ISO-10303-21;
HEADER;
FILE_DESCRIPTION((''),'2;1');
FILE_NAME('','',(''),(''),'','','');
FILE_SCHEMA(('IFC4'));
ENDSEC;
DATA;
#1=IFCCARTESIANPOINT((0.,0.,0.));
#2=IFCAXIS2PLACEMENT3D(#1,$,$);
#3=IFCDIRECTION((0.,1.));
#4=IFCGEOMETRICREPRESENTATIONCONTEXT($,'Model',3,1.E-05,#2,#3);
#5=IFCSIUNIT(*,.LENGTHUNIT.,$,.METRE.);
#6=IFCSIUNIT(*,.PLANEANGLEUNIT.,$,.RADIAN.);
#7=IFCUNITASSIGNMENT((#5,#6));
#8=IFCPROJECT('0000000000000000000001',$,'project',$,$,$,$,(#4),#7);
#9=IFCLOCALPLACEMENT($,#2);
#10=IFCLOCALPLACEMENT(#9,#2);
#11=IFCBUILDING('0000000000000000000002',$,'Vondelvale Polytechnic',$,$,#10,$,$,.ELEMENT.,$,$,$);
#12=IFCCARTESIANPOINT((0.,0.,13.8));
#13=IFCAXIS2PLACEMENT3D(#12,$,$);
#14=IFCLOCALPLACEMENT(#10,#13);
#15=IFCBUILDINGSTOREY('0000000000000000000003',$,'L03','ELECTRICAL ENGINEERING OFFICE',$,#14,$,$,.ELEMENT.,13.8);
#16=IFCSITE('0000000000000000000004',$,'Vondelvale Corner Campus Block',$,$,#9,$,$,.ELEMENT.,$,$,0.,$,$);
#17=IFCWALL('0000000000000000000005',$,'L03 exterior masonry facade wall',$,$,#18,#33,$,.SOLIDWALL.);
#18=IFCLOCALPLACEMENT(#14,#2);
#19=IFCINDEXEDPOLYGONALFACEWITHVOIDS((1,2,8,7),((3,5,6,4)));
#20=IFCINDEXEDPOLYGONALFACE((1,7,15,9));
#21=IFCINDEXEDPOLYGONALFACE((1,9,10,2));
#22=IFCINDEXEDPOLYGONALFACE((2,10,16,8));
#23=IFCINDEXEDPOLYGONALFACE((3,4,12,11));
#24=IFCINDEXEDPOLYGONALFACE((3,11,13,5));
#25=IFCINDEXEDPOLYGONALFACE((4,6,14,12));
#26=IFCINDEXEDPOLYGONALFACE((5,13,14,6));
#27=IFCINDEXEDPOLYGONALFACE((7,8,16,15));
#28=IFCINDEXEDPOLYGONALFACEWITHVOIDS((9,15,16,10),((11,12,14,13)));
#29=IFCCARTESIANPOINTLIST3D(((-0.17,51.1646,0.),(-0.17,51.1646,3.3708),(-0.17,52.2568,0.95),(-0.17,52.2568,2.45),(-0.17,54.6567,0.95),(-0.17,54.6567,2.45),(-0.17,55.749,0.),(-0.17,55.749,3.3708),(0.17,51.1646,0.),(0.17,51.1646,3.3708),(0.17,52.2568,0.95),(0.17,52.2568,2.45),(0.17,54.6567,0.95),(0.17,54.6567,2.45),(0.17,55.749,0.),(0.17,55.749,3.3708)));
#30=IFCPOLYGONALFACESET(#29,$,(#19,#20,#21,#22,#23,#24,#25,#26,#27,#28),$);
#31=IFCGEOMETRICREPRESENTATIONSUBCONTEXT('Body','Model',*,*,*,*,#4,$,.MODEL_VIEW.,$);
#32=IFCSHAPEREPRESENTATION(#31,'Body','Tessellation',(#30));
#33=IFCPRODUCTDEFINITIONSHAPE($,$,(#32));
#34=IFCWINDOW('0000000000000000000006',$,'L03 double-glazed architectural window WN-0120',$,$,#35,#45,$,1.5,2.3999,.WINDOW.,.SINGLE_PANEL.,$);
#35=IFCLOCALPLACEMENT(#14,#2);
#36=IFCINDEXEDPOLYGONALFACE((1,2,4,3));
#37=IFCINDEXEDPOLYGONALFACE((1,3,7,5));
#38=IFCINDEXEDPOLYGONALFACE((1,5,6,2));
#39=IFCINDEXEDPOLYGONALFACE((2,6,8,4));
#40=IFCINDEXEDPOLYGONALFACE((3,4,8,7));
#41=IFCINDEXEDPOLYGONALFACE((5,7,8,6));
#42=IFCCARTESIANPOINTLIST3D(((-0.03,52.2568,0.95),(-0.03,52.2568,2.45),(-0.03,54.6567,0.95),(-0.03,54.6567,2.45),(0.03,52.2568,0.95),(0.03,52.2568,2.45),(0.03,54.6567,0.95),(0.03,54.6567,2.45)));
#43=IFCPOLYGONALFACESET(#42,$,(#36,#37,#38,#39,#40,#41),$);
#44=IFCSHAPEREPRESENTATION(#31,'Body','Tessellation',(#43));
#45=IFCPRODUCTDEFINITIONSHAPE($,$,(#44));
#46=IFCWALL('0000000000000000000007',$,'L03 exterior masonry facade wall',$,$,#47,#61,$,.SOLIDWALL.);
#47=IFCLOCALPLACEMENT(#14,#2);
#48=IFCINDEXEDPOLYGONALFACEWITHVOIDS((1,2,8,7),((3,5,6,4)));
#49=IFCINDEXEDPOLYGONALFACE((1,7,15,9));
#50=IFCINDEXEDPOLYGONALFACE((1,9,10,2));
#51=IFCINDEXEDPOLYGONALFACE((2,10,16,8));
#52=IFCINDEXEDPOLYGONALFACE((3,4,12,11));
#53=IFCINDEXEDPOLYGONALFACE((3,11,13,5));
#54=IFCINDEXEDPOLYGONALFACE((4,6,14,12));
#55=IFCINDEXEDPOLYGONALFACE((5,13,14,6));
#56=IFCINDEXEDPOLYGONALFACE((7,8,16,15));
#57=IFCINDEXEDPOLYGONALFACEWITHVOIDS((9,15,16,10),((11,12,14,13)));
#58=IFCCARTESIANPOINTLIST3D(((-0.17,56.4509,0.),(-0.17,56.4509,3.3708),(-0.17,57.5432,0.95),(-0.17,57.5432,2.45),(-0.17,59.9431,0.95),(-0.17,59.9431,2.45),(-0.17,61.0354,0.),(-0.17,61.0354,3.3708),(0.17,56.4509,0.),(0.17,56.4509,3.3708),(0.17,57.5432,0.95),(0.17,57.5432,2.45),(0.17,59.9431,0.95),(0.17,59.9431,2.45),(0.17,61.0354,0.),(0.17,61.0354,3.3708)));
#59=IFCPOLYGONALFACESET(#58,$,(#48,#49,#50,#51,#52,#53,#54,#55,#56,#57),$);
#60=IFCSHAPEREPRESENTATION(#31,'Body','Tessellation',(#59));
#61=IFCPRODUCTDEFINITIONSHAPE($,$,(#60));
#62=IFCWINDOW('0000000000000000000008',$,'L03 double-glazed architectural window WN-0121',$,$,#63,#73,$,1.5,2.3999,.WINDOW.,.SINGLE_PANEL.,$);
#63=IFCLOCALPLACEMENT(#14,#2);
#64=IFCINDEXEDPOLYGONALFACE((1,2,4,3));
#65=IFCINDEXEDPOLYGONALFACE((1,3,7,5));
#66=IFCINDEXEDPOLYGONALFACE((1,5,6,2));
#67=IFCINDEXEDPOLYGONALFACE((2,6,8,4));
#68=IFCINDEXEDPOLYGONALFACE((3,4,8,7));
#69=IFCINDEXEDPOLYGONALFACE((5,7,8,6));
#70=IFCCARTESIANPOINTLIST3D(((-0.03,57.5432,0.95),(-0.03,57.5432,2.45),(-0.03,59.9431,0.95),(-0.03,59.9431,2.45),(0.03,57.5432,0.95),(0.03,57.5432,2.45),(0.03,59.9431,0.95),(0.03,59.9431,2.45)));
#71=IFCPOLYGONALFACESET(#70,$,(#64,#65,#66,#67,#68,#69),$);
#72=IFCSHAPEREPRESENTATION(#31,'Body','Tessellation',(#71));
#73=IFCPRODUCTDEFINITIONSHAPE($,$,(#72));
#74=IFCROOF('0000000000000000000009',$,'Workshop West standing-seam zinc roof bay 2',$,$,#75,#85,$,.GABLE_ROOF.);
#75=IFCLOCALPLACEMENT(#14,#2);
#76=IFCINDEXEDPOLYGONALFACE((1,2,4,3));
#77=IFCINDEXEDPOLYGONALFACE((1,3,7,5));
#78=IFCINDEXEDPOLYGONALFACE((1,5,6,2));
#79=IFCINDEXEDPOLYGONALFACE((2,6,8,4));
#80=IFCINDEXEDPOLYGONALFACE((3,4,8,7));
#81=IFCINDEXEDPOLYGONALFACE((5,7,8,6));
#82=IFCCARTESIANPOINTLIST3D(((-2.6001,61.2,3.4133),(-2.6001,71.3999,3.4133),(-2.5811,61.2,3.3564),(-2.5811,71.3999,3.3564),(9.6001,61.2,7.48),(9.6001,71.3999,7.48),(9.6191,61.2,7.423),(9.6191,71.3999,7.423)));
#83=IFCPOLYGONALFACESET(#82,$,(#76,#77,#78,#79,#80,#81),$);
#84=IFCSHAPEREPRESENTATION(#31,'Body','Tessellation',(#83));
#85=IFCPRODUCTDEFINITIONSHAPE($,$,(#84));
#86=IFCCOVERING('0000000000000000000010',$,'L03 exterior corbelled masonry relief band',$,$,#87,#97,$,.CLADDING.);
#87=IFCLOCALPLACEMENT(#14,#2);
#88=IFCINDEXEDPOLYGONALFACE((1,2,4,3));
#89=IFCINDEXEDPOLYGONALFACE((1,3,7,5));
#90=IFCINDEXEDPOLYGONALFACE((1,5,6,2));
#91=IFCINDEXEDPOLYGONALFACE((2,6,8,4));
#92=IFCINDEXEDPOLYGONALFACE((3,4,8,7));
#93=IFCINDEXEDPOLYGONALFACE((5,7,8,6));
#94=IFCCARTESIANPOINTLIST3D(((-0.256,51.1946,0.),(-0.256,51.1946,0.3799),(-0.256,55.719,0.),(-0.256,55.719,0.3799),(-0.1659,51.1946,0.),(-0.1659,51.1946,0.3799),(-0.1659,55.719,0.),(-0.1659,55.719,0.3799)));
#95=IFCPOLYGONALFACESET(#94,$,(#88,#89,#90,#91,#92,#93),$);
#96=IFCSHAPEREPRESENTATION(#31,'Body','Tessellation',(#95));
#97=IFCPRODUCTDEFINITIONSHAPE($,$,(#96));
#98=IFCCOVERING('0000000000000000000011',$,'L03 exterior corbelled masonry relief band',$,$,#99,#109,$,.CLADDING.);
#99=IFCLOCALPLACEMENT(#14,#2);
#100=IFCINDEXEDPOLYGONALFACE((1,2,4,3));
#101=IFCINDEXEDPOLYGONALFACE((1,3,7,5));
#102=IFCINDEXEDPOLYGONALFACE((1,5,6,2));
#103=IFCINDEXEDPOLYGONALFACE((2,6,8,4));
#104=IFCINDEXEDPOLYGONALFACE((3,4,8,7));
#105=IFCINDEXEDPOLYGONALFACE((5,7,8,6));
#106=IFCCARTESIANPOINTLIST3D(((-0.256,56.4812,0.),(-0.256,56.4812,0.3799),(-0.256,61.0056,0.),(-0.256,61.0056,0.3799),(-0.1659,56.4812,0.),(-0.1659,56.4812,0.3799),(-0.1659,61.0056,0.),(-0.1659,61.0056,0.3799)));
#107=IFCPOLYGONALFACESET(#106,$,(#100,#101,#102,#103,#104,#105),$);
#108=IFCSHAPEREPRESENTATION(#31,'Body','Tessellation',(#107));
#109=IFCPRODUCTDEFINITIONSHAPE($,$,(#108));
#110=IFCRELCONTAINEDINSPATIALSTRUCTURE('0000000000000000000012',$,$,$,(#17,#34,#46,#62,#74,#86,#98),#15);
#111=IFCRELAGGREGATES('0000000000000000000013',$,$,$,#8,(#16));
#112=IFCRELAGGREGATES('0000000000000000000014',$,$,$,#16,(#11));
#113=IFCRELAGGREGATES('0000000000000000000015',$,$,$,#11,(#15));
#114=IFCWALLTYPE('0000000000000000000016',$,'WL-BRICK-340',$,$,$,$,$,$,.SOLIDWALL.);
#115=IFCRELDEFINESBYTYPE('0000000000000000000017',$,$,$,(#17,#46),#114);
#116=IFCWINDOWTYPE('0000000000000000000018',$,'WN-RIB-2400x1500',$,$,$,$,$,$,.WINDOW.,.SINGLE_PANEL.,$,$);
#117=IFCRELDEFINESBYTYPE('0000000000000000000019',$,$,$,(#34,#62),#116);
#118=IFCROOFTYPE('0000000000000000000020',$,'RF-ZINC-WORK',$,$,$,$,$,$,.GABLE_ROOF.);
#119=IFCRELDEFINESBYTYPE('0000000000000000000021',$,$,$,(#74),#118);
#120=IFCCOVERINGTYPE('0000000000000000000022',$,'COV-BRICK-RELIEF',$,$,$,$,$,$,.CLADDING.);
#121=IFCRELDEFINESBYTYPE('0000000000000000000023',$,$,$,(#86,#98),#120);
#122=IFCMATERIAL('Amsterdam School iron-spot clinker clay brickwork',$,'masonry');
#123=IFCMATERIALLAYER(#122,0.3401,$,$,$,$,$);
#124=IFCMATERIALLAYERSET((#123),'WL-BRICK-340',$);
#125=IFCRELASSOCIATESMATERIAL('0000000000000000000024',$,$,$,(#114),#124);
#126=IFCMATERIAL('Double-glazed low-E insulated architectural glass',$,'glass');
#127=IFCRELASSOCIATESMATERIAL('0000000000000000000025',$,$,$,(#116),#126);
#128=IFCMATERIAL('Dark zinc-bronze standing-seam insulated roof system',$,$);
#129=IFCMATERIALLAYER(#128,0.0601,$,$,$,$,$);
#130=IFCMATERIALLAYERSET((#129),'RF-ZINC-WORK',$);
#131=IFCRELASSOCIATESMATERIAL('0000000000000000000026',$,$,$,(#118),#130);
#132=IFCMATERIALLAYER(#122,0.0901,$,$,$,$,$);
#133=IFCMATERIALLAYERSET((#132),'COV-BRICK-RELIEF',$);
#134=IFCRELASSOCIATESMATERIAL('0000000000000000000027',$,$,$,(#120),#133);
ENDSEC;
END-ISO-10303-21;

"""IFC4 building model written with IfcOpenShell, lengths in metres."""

from ifc_helpers import new_model, si_unit, direction, frame, frame_2d, origin, origin_2d, place, context, subcontext, project, spatial, polyline, rectangle, outline, extrude, material, layer, layer_set, type_object, element, fill, save


model = new_model("IFC4")

# Units and contexts
model_context = context("Model", 3, precision=1e-05, world=origin(), true_north=direction((0.0, 1.0)))
body_context = subcontext(model_context, "Body", "Model", "MODEL_VIEW")
ifc_project = project(units=[si_unit("LENGTHUNIT", "METRE"), si_unit("PLANEANGLEUNIT", "RADIAN")], contexts=[model_context])

# Site, building, storey
site_placement = place(None, origin())
site = spatial("IfcSite", under=ifc_project, at=site_placement, Name="Vondelvale Corner Campus Block", CompositionType="ELEMENT", RefElevation=0.0)
building_placement = place(site_placement, origin())
building = spatial("IfcBuilding", under=site, at=building_placement, Name="Vondelvale Polytechnic", CompositionType="ELEMENT")
storey_placement = place(building_placement, frame((0.0, 0.0, 13.8)))
storey = spatial("IfcBuildingStorey", under=building, at=storey_placement, Name="L03", Description="ELECTRICAL ENGINEERING OFFICE", CompositionType="ELEMENT", Elevation=13.8)

# Walls, openings, windows
ifc_material_1 = material(Name="Amsterdam School iron-spot clinker clay brickwork", Category="masonry")
ifc_layer_1 = layer(ifc_material_1, 0.3401)
ifc_layer_set_1 = layer_set([ifc_layer_1], Name="WL-BRICK-340")
wall_type = type_object("IfcWallType", Name="WL-BRICK-340", PredefinedType="SOLIDWALL", material=ifc_layer_set_1)
wall_1_placement = place(storey_placement, frame((0.0, 51.1646, 0.0), z_axis=(0.0, 0.0, 1.0), x_axis=(0.0, 1.0, 0.0)))
wall_1 = element("IfcWall", 1, at=wall_1_placement, inside=storey, type_object=wall_type, Name="L03 exterior masonry facade wall", PredefinedType="SOLIDWALL", context=body_context, shape_type="SweptSolid", body=[
    extrude(rectangle(XDim=4.5845, YDim=0.3401, at=frame_2d((2.2922, 0.0))), origin(), (0.0, 0.0, 1.0), 3.3708),
])
opening_1_placement = place(wall_1_placement, frame((1.0923, 0.0, 0.95)))
opening_1 = element("IfcOpeningElement", 2, at=opening_1_placement, cuts=wall_1, PredefinedType="OPENING", context=body_context, shape_type="SweptSolid", body=[
    extrude(rectangle(XDim=2.3999, YDim=1.5, at=frame_2d((1.2, 0.75))), frame((0.0, 0.1799, 0.0), z_axis=(0.0, -1.0, 0.0), x_axis=(1.0, 0.0, 0.0)), (0.0, 0.0, 1.0), 0.3601),
])
ifc_material_2 = material(Name="Double-glazed low-E insulated architectural glass", Category="glass")
window_type = type_object("IfcWindowType", Name="WN-RIB-2400x1500", PartitioningType="SINGLE_PANEL", PredefinedType="WINDOW", material=ifc_material_2)
window_1_placement = place(opening_1_placement, origin())
window_1 = element("IfcWindow", 3, at=window_1_placement, inside=storey, type_object=window_type, Name="L03 double-glazed architectural window WN-0120", OverallHeight=1.5, OverallWidth=2.3999, PartitioningType="SINGLE_PANEL", PredefinedType="WINDOW", context=body_context, shape_type="SweptSolid", body=[
    extrude(rectangle(XDim=2.3999, YDim=1.5, at=frame_2d((1.2, 0.75))), frame((0.0, 0.03, 0.0), z_axis=(0.0, -1.0, 0.0), x_axis=(1.0, 0.0, 0.0)), (0.0, 0.0, 1.0), 0.0601),
])
fill(opening_1, window_1)
wall_2_placement = place(storey_placement, frame((0.0, 56.4509, 0.0), z_axis=(0.0, 0.0, 1.0), x_axis=(0.0, 1.0, 0.0)))
wall_2 = element("IfcWall", 4, at=wall_2_placement, inside=storey, type_object=wall_type, Name="L03 exterior masonry facade wall", PredefinedType="SOLIDWALL", context=body_context, shape_type="SweptSolid", body=[
    extrude(rectangle(XDim=4.5845, YDim=0.3401, at=frame_2d((2.2922, 0.0))), origin(), (0.0, 0.0, 1.0), 3.3708),
])
opening_2_placement = place(wall_2_placement, frame((1.0923, 0.0, 0.95)))
opening_2 = element("IfcOpeningElement", 5, at=opening_2_placement, cuts=wall_2, PredefinedType="OPENING", context=body_context, shape_type="SweptSolid", body=[
    extrude(rectangle(XDim=2.3999, YDim=1.5, at=frame_2d((1.2, 0.75))), frame((0.0, 0.1799, 0.0), z_axis=(0.0, -1.0, 0.0), x_axis=(1.0, 0.0, 0.0)), (0.0, 0.0, 1.0), 0.3601),
])
window_2_placement = place(opening_2_placement, origin())
window_2 = element("IfcWindow", 6, at=window_2_placement, inside=storey, type_object=window_type, Name="L03 double-glazed architectural window WN-0121", OverallHeight=1.5, OverallWidth=2.3999, PartitioningType="SINGLE_PANEL", PredefinedType="WINDOW", context=body_context, shape_type="SweptSolid", body=[
    extrude(rectangle(XDim=2.3999, YDim=1.5, at=frame_2d((1.2, 0.75))), frame((0.0, 0.03, 0.0), z_axis=(0.0, -1.0, 0.0), x_axis=(1.0, 0.0, 0.0)), (0.0, 0.0, 1.0), 0.0601),
])
fill(opening_2, window_2)

# Roof
ifc_material_3 = material(Name="Dark zinc-bronze standing-seam insulated roof system")
ifc_layer_2 = layer(ifc_material_3, 0.0601)
ifc_layer_set_2 = layer_set([ifc_layer_2], Name="RF-ZINC-WORK")
roof_type = type_object("IfcRoofType", Name="RF-ZINC-WORK", PredefinedType="GABLE_ROOF", material=ifc_layer_set_2)
roof_placement = place(storey_placement, frame((-2.6001, 61.2, 3.4133), z_axis=(-0.316222, 0.0, 0.948685), x_axis=(0.948685, 0.0, 0.316222)))
element("IfcRoof", 7, at=roof_placement, inside=storey, type_object=roof_type, Name="Workshop West standing-seam zinc roof bay 2", PredefinedType="GABLE_ROOF", context=body_context, shape_type="SweptSolid", body=[
    extrude(outline(polyline([(0.0, 0.0), (12.8601, 0.0), (12.8601, 10.2), (0.0, 10.2), (0.0, 0.0)])), origin(), (0.0, 0.0, -1.0), 0.0601),
])

# Coverings
ifc_layer_3 = layer(ifc_material_1, 0.0901)
ifc_layer_set_3 = layer_set([ifc_layer_3], Name="COV-BRICK-RELIEF")
covering_type = type_object("IfcCoveringType", Name="COV-BRICK-RELIEF", PredefinedType="CLADDING", material=ifc_layer_set_3)
for number, where, z_axis, x_axis, name in (
    (8, (-0.2109, 53.4568, 0.0), (0.0, 0.0, 1.0), (0.0, 1.0, 0.0), "L03 exterior corbelled masonry relief band"),
    (9, (-0.2109, 58.7434, 0.0), (0.0, 0.0, 1.0), (0.0, 1.0, 0.0), "L03 exterior corbelled masonry relief band"),
):
    element("IfcCovering", number, at=place(storey_placement, frame(where, z_axis=z_axis, x_axis=x_axis)), inside=storey, type_object=covering_type, Name=name, PredefinedType="CLADDING", context=body_context, shape_type="SweptSolid", body=[
        extrude(rectangle(XDim=4.5244, YDim=0.0901, at=origin_2d()), origin(), (0.0, 0.0, 1.0), 0.3799),
    ])

save(model, "model.ifc")
